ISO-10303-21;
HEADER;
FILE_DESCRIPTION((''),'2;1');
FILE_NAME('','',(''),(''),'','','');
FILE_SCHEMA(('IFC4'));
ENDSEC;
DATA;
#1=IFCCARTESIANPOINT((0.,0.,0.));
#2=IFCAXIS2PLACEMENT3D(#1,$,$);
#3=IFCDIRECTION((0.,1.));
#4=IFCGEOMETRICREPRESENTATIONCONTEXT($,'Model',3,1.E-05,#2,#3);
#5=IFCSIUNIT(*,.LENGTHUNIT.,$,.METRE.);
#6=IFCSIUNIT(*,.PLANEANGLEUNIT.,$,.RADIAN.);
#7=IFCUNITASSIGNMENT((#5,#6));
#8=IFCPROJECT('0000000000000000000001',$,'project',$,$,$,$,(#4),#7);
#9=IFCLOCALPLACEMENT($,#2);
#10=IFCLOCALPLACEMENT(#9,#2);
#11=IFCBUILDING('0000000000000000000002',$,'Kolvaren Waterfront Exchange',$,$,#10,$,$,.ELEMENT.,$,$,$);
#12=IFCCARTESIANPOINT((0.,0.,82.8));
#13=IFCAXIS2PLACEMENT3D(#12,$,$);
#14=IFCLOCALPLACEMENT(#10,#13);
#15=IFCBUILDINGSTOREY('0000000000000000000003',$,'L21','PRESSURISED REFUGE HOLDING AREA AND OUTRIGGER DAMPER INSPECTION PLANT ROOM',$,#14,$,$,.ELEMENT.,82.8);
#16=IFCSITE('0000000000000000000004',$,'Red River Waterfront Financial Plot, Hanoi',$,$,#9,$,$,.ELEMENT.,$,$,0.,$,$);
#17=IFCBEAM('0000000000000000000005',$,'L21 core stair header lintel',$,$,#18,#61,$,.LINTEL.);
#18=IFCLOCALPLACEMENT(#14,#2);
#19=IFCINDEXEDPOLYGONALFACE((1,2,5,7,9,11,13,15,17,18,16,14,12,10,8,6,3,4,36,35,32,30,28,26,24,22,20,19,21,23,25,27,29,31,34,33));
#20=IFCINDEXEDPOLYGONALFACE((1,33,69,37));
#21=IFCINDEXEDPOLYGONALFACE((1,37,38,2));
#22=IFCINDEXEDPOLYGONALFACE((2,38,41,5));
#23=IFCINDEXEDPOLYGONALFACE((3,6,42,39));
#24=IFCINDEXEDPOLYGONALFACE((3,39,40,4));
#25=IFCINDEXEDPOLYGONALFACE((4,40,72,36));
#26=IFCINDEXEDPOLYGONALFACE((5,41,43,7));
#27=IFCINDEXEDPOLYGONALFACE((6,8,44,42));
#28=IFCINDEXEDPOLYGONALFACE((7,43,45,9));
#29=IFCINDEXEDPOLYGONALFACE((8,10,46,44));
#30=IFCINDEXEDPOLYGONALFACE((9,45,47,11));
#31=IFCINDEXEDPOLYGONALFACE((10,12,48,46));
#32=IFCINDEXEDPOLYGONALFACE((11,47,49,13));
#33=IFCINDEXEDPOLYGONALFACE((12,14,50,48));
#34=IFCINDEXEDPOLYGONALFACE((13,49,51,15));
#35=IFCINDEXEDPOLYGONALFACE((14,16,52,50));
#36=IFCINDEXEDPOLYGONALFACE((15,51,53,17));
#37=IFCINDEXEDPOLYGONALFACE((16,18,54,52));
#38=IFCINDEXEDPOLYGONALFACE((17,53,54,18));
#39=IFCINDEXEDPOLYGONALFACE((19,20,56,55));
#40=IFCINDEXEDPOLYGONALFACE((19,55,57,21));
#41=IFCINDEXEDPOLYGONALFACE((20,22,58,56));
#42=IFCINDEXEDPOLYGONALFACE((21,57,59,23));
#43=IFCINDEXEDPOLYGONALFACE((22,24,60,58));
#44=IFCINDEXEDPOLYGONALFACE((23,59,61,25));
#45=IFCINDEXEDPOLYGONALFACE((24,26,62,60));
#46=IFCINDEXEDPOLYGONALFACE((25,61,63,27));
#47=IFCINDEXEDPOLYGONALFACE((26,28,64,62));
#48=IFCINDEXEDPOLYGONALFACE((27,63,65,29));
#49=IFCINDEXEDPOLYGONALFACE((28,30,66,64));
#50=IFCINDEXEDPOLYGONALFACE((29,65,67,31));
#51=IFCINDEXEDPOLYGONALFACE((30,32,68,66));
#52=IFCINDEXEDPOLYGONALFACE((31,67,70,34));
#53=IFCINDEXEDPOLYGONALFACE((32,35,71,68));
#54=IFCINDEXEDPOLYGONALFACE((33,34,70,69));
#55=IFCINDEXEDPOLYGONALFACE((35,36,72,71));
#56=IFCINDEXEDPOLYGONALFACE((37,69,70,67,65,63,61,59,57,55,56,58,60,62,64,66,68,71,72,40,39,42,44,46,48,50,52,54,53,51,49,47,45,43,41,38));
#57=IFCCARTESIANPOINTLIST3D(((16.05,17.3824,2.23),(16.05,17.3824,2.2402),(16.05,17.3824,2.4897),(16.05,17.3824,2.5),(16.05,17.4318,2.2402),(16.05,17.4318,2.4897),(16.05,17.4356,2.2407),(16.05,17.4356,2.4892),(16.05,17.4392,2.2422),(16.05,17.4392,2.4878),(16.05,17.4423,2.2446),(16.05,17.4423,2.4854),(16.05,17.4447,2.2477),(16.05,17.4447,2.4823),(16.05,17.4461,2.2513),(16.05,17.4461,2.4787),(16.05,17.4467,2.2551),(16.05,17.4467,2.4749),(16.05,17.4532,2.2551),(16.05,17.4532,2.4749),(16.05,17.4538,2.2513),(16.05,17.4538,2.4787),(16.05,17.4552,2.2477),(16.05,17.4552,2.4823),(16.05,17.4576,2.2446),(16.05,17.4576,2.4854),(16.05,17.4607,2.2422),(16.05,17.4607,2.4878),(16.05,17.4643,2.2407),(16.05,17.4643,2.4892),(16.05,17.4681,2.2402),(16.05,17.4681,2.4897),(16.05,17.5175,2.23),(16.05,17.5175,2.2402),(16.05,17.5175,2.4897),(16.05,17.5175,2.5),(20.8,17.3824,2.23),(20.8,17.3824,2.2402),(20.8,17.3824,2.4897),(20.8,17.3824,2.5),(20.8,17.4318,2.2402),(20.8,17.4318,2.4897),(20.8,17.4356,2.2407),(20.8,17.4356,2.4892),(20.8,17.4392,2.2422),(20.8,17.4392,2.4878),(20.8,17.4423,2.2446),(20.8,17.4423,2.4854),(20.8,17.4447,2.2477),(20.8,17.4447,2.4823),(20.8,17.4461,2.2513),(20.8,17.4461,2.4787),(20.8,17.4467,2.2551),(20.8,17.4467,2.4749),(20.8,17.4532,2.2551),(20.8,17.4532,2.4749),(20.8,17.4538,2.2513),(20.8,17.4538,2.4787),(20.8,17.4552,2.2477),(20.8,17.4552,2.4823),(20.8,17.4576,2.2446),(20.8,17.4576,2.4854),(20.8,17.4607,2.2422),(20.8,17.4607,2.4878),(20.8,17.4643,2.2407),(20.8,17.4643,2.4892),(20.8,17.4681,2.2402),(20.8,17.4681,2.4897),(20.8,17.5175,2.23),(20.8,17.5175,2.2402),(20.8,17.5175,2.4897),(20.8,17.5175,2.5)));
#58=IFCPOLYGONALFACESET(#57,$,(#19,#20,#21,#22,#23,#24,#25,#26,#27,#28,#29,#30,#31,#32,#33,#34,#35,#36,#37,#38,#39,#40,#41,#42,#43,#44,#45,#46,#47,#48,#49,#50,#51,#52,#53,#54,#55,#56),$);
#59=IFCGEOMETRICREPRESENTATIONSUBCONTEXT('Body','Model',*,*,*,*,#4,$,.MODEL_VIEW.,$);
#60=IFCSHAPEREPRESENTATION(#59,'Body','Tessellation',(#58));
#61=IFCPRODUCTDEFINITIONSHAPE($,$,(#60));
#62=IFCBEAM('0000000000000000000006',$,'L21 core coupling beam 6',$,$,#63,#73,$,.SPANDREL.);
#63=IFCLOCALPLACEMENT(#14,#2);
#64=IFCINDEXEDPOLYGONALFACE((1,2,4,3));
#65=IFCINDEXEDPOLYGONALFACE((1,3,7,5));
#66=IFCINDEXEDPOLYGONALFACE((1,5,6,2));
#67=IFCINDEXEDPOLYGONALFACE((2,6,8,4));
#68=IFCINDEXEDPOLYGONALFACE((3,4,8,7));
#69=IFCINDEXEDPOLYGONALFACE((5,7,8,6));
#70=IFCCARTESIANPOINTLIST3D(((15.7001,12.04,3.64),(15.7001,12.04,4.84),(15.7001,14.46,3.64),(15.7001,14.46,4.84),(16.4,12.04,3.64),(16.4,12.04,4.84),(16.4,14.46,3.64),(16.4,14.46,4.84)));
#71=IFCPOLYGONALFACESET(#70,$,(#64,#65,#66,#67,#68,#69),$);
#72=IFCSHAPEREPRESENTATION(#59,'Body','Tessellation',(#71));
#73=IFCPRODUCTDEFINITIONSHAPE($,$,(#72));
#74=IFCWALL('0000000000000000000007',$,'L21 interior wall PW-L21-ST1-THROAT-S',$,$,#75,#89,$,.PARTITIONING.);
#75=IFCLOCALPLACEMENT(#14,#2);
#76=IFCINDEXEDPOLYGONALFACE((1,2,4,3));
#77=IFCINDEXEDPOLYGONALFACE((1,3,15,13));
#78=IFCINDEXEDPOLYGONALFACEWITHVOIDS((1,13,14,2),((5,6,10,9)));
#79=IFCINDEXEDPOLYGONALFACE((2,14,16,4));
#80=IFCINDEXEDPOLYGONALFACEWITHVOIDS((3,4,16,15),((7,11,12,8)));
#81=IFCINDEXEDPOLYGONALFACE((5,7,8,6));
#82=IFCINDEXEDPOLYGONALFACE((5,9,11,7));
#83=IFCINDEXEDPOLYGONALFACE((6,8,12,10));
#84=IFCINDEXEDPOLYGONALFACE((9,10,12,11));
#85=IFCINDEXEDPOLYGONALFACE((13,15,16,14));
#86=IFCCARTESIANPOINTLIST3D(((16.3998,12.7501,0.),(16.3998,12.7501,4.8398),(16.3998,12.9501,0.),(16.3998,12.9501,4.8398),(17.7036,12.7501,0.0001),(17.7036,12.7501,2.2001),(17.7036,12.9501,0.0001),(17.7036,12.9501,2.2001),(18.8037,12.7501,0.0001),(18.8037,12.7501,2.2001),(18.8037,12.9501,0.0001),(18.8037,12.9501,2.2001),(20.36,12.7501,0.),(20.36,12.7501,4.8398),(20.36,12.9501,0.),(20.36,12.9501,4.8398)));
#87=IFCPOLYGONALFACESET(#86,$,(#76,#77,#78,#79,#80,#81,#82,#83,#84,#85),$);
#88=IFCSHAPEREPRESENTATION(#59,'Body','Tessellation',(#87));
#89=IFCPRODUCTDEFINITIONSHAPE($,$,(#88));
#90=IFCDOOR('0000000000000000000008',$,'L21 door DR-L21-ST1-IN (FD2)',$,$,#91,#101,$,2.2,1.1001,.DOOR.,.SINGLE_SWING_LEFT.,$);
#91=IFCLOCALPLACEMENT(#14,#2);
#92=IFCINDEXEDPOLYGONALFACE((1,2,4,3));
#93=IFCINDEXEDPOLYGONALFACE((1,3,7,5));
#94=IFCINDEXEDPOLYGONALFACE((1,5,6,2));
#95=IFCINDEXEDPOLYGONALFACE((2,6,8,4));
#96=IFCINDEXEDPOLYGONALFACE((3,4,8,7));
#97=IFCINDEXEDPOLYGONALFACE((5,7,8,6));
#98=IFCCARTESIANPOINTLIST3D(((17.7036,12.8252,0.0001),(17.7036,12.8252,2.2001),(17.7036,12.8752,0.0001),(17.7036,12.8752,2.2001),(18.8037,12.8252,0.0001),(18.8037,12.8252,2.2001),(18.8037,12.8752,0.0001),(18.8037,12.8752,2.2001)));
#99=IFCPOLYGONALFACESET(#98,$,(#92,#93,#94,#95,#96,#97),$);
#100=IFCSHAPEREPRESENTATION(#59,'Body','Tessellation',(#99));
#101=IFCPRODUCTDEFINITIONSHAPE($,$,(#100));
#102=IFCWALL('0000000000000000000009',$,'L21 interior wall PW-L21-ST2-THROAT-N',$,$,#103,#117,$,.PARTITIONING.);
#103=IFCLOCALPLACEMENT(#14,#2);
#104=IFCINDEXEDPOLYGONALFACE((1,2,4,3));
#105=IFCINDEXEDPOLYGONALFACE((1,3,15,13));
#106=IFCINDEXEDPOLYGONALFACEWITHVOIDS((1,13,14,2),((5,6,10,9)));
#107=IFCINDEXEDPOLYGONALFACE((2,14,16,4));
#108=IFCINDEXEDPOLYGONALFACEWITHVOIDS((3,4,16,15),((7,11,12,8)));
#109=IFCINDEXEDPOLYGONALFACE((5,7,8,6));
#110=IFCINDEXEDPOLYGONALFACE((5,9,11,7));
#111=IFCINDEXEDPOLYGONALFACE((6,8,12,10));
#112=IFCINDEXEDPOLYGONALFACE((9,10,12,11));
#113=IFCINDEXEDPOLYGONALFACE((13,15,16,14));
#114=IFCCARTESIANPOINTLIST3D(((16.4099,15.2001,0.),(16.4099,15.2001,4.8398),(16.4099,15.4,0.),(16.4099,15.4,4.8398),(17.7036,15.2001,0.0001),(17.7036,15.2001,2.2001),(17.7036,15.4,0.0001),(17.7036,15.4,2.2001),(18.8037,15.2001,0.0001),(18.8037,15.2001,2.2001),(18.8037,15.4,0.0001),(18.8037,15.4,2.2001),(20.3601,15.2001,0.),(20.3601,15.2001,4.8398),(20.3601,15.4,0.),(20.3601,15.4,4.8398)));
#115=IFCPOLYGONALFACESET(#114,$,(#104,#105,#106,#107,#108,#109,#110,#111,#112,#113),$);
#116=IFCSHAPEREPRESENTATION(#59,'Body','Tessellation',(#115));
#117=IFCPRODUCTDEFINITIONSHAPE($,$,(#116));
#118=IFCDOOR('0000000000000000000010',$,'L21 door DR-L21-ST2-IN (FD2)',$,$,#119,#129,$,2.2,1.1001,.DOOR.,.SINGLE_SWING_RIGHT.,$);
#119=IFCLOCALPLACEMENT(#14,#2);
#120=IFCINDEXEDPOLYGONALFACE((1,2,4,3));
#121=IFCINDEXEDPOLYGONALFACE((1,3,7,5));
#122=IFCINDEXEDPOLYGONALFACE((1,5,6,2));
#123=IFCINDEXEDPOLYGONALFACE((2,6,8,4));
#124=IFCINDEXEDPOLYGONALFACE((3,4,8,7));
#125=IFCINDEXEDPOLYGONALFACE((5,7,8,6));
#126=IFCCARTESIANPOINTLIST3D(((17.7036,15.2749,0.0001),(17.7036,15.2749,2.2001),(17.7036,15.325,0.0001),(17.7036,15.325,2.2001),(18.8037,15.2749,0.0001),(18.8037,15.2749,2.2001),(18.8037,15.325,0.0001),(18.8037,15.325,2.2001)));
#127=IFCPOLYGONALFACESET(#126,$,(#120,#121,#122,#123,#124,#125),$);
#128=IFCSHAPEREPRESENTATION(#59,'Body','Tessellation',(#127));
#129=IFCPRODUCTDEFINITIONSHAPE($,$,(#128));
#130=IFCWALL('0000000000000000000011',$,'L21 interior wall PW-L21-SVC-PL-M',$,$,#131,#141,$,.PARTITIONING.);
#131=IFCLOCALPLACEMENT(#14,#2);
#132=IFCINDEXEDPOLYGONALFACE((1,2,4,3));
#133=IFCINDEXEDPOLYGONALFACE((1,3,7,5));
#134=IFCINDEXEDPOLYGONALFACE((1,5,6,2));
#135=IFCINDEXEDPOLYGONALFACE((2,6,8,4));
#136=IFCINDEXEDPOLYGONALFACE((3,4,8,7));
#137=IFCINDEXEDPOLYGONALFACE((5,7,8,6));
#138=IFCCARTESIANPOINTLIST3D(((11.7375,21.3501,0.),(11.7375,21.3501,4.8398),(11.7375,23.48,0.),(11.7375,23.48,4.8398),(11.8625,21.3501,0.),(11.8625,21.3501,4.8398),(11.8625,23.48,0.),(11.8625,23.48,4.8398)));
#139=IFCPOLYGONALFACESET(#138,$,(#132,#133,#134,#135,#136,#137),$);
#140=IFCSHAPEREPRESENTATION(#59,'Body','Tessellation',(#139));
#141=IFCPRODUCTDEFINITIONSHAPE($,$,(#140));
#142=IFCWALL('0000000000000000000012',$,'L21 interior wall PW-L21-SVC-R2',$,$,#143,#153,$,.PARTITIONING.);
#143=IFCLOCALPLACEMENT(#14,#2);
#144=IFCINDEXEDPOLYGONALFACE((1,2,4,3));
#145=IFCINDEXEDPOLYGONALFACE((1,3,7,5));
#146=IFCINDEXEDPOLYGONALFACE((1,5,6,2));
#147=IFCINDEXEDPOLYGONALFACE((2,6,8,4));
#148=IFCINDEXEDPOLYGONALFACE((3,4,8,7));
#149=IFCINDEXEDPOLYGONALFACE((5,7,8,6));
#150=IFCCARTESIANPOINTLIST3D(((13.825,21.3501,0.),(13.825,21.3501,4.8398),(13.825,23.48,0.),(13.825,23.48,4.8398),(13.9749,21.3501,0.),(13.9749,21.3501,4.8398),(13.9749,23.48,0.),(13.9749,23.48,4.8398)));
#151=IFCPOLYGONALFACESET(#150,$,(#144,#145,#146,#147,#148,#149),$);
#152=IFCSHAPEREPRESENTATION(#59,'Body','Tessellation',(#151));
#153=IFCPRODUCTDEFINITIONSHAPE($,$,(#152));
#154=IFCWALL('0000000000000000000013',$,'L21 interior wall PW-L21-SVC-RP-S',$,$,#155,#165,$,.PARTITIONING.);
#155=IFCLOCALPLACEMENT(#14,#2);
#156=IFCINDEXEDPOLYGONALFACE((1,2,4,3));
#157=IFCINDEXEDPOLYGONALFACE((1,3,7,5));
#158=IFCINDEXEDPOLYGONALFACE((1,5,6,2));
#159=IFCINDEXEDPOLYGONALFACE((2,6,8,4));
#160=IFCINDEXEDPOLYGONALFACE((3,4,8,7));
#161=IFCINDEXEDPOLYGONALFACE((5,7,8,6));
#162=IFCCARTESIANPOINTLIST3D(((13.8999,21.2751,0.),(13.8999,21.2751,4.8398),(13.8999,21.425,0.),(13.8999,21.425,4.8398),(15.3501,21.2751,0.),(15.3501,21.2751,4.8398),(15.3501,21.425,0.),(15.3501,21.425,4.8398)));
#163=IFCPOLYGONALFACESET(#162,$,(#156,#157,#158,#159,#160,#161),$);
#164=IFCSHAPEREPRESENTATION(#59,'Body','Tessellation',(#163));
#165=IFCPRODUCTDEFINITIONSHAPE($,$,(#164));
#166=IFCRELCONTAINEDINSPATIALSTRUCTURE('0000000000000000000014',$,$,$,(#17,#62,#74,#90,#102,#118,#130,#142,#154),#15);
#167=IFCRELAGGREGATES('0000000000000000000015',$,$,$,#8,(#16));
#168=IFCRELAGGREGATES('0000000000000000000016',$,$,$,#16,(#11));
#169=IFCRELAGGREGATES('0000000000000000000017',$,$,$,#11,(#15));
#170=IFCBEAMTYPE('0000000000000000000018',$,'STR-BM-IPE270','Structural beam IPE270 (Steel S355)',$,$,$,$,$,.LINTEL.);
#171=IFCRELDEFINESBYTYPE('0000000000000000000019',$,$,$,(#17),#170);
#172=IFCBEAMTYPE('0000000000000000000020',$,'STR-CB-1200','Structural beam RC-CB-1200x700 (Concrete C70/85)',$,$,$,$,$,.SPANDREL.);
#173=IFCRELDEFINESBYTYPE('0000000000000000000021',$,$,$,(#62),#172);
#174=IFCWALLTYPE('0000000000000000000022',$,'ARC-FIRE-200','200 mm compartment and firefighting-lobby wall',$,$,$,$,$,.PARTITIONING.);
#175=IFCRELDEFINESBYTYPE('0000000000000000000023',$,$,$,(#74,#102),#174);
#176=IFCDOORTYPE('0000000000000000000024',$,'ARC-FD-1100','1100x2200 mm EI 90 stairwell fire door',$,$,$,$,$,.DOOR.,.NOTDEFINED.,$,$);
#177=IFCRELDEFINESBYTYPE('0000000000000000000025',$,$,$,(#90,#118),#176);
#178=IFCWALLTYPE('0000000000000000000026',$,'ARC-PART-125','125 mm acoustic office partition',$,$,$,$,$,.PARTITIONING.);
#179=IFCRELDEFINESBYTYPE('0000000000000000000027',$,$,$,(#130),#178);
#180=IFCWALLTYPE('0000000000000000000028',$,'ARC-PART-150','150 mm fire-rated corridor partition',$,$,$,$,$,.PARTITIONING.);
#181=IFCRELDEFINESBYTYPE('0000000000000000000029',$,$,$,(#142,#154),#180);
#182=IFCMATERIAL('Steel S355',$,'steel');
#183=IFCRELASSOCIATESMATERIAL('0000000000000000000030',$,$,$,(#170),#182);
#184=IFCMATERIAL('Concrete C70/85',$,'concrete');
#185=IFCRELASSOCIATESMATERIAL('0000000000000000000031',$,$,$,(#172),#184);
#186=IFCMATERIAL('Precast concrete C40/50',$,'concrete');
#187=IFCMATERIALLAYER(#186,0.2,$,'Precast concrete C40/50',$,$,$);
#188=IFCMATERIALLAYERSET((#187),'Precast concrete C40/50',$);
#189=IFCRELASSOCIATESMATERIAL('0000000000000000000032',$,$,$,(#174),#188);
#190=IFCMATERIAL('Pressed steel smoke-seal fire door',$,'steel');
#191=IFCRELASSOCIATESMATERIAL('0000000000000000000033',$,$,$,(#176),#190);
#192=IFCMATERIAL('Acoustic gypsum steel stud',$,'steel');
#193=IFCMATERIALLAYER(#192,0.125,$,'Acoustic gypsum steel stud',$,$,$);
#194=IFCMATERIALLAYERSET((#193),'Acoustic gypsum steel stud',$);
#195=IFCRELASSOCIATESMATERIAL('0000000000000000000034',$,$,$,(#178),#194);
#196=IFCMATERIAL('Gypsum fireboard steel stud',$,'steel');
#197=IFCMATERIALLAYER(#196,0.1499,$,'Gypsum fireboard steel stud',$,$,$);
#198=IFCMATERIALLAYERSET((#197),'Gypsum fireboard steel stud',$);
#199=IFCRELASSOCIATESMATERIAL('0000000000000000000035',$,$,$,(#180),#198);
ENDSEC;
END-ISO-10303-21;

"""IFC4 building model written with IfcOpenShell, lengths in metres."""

from ifc_helpers import new_model, si_unit, direction, frame, frame_2d, origin, origin_2d, place, context, subcontext, project, spatial, rectangle, i_section, extrude, material, layer, layer_set, material_profile, profile_set, type_object, element, fill, save


model = new_model("IFC4")

# Units and contexts
model_context = context("Model", 3, precision=1e-05, world=origin(), true_north=direction((0.0, 1.0)))
body_context = subcontext(model_context, "Body", "Model", "MODEL_VIEW")
ifc_project = project(units=[si_unit("LENGTHUNIT", "METRE"), si_unit("PLANEANGLEUNIT", "RADIAN")], contexts=[model_context])

# Site, building, storey
site_placement = place(None, origin())
site = spatial("IfcSite", under=ifc_project, at=site_placement, Name="Red River Waterfront Financial Plot, Hanoi", CompositionType="ELEMENT", RefElevation=0.0)
building_placement = place(site_placement, origin())
building = spatial("IfcBuilding", under=site, at=building_placement, Name="Kolvaren Waterfront Exchange", CompositionType="ELEMENT")
storey_placement = place(building_placement, frame((0.0, 0.0, 82.8)))
storey = spatial("IfcBuildingStorey", under=building, at=storey_placement, Name="L21", Description="PRESSURISED REFUGE HOLDING AREA AND OUTRIGGER DAMPER INSPECTION PLANT ROOM", CompositionType="ELEMENT", Elevation=82.8)

# Beams
ifc_material_1 = material(Name="Steel S355", Category="steel")
ifc_material_profile_1 = material_profile(ifc_material_1, i_section(OverallWidth=0.135, OverallDepth=0.27, WebThickness=0.0066, FlangeThickness=0.0103, FilletRadius=0.0149, at=origin_2d()), Name="IPE270")
ifc_profile_set_1 = profile_set([ifc_material_profile_1], Name="Steel S355")
beam_type_1 = type_object("IfcBeamType", Name="STR-BM-IPE270", Description="Structural beam IPE270 (Steel S355)", PredefinedType="LINTEL", material=ifc_profile_set_1)
beam_1_placement = place(storey_placement, frame((16.05, 17.45, 2.365), z_axis=(1.0, 0.0, 0.0), x_axis=(0.0, 1.0, 0.0)))
element("IfcBeam", 1, at=beam_1_placement, inside=storey, type_object=beam_type_1, Name="L21 core stair header lintel", PredefinedType="LINTEL", context=body_context, shape_type="SweptSolid", body=[
    extrude(i_section(OverallWidth=0.135, OverallDepth=0.27, WebThickness=0.0066, FlangeThickness=0.0103, FilletRadius=0.0149, at=origin_2d()), origin(), (0.0, 0.0, 1.0), 4.75),
])
ifc_material_2 = material(Name="Concrete C70/85", Category="concrete")
ifc_material_profile_2 = material_profile(ifc_material_2, rectangle(XDim=0.7, YDim=1.2, at=origin_2d()), Name="RC-CB-1200x700")
ifc_profile_set_2 = profile_set([ifc_material_profile_2], Name="Concrete C70/85")
beam_type_2 = type_object("IfcBeamType", Name="STR-CB-1200", Description="Structural beam RC-CB-1200x700 (Concrete C70/85)", PredefinedType="SPANDREL", material=ifc_profile_set_2)
beam_2_placement = place(storey_placement, frame((16.05, 12.04, 4.24), z_axis=(0.0, 1.0, 0.0), x_axis=(-1.0, 0.0, 0.0)))
element("IfcBeam", 2, at=beam_2_placement, inside=storey, type_object=beam_type_2, Name="L21 core coupling beam 6", PredefinedType="SPANDREL", context=body_context, shape_type="SweptSolid", body=[
    extrude(rectangle(XDim=0.7, YDim=1.2, at=origin_2d()), origin(), (0.0, 0.0, 1.0), 2.4199),
])

# Walls, openings, doors
ifc_material_3 = material(Name="Precast concrete C40/50", Category="concrete")
ifc_layer_1 = layer(ifc_material_3, 0.2, Name="Precast concrete C40/50")
ifc_layer_set_1 = layer_set([ifc_layer_1], Name="Precast concrete C40/50")
wall_type_1 = type_object("IfcWallType", Name="ARC-FIRE-200", Description="200 mm compartment and firefighting-lobby wall", PredefinedType="PARTITIONING", material=ifc_layer_set_1)
wall_1_placement = place(storey_placement, frame((16.3999, 12.8501, 0.0), z_axis=(0.0, 0.0, 1.0), x_axis=(1.0, 0.0, 0.0)))
wall_1 = element("IfcWall", 3, at=wall_1_placement, inside=storey, type_object=wall_type_1, Name="L21 interior wall PW-L21-ST1-THROAT-S", PredefinedType="PARTITIONING", context=body_context, shape_type="SweptSolid", body=[
    extrude(rectangle(XDim=3.9602, YDim=0.2, at=frame_2d((1.98, 0.0))), origin(), (0.0, 0.0, 1.0), 4.8398),
])
opening_1_placement = place(wall_1_placement, frame((1.3037, 0.0, 0.0)))
opening_1 = element("IfcOpeningElement", 4, at=opening_1_placement, cuts=wall_1, PredefinedType="OPENING", context=body_context, shape_type="SweptSolid", body=[
    extrude(rectangle(XDim=1.1001, YDim=2.2, at=frame_2d((0.55, 1.1001))), frame((0.0, 0.1099, 0.0), z_axis=(0.0, -1.0, 0.0), x_axis=(1.0, 0.0, 0.0)), (0.0, 0.0, 1.0), 0.22),
])
ifc_material_4 = material(Name="Pressed steel smoke-seal fire door", Category="steel")
door_type = type_object("IfcDoorType", Name="ARC-FD-1100", Description="1100x2200 mm EI 90 stairwell fire door", OperationType="NOTDEFINED", PredefinedType="DOOR", material=ifc_material_4)
door_1_placement = place(opening_1_placement, frame((1.1001, 0.0, 0.0), z_axis=(0.0, 0.0, 1.0), x_axis=(-1.0, 0.0, 0.0)))
door_1 = element("IfcDoor", 5, at=door_1_placement, inside=storey, type_object=door_type, Name="L21 door DR-L21-ST1-IN (FD2)", OperationType="SINGLE_SWING_LEFT", OverallHeight=2.2, OverallWidth=1.1001, PredefinedType="DOOR", context=body_context, shape_type="SweptSolid", body=[
    extrude(rectangle(XDim=1.1001, YDim=2.2, at=frame_2d((0.55, 1.1001))), frame((0.0, 0.0249, 0.0), z_axis=(0.0, -1.0, 0.0), x_axis=(1.0, 0.0, 0.0)), (0.0, 0.0, 1.0), 0.05),
])
fill(opening_1, door_1)
wall_2_placement = place(storey_placement, frame((16.4099, 15.3, 0.0), z_axis=(0.0, 0.0, 1.0), x_axis=(1.0, 0.0, 0.0)))
wall_2 = element("IfcWall", 6, at=wall_2_placement, inside=storey, type_object=wall_type_1, Name="L21 interior wall PW-L21-ST2-THROAT-N", PredefinedType="PARTITIONING", context=body_context, shape_type="SweptSolid", body=[
    extrude(rectangle(XDim=3.9502, YDim=0.2, at=frame_2d((1.9751, 0.0))), origin(), (0.0, 0.0, 1.0), 4.8398),
])
opening_2_placement = place(wall_2_placement, frame((1.2937, 0.0, 0.0)))
opening_2 = element("IfcOpeningElement", 7, at=opening_2_placement, cuts=wall_2, PredefinedType="OPENING", context=body_context, shape_type="SweptSolid", body=[
    extrude(rectangle(XDim=1.1001, YDim=2.2, at=frame_2d((0.55, 1.1001))), frame((0.0, 0.1099, 0.0), z_axis=(0.0, -1.0, 0.0), x_axis=(1.0, 0.0, 0.0)), (0.0, 0.0, 1.0), 0.22),
])
door_2_placement = place(opening_2_placement, origin())
door_2 = element("IfcDoor", 8, at=door_2_placement, inside=storey, type_object=door_type, Name="L21 door DR-L21-ST2-IN (FD2)", OperationType="SINGLE_SWING_RIGHT", OverallHeight=2.2, OverallWidth=1.1001, PredefinedType="DOOR", context=body_context, shape_type="SweptSolid", body=[
    extrude(rectangle(XDim=1.1001, YDim=2.2, at=frame_2d((0.55, 1.1001))), frame((0.0, 0.0249, 0.0), z_axis=(0.0, -1.0, 0.0), x_axis=(1.0, 0.0, 0.0)), (0.0, 0.0, 1.0), 0.05),
])
fill(opening_2, door_2)

# Walls
ifc_material_5 = material(Name="Acoustic gypsum steel stud", Category="steel")
ifc_layer_2 = layer(ifc_material_5, 0.125, Name="Acoustic gypsum steel stud")
ifc_layer_set_2 = layer_set([ifc_layer_2], Name="Acoustic gypsum steel stud")
wall_type_2 = type_object("IfcWallType", Name="ARC-PART-125", Description="125 mm acoustic office partition", PredefinedType="PARTITIONING", material=ifc_layer_set_2)
wall_3_placement = place(storey_placement, frame((11.8, 21.3501, 0.0), z_axis=(0.0, 0.0, 1.0), x_axis=(0.0, 1.0, 0.0)))
element("IfcWall", 9, at=wall_3_placement, inside=storey, type_object=wall_type_2, Name="L21 interior wall PW-L21-SVC-PL-M", PredefinedType="PARTITIONING", context=body_context, shape_type="SweptSolid", body=[
    extrude(rectangle(XDim=2.1299, YDim=0.125, at=frame_2d((1.0649, 0.0))), origin(), (0.0, 0.0, 1.0), 4.8398),
])
ifc_material_6 = material(Name="Gypsum fireboard steel stud", Category="steel")
ifc_layer_3 = layer(ifc_material_6, 0.1499, Name="Gypsum fireboard steel stud")
ifc_layer_set_3 = layer_set([ifc_layer_3], Name="Gypsum fireboard steel stud")
wall_type_3 = type_object("IfcWallType", Name="ARC-PART-150", Description="150 mm fire-rated corridor partition", PredefinedType="PARTITIONING", material=ifc_layer_set_3)
wall_4_placement = place(storey_placement, frame((13.8999, 21.3501, 0.0), z_axis=(0.0, 0.0, 1.0), x_axis=(0.0, 1.0, 0.0)))
element("IfcWall", 10, at=wall_4_placement, inside=storey, type_object=wall_type_3, Name="L21 interior wall PW-L21-SVC-R2", PredefinedType="PARTITIONING", context=body_context, shape_type="SweptSolid", body=[
    extrude(rectangle(XDim=2.1299, YDim=0.1499, at=frame_2d((1.0649, 0.0))), origin(), (0.0, 0.0, 1.0), 4.8398),
])
wall_5_placement = place(storey_placement, frame((13.8999, 21.3501, 0.0), z_axis=(0.0, 0.0, 1.0), x_axis=(1.0, 0.0, 0.0)))
element("IfcWall", 11, at=wall_5_placement, inside=storey, type_object=wall_type_3, Name="L21 interior wall PW-L21-SVC-RP-S", PredefinedType="PARTITIONING", context=body_context, shape_type="SweptSolid", body=[
    extrude(rectangle(XDim=1.4502, YDim=0.1499, at=frame_2d((0.7251, 0.0))), origin(), (0.0, 0.0, 1.0), 4.8398),
])

save(model, "model.ifc")
